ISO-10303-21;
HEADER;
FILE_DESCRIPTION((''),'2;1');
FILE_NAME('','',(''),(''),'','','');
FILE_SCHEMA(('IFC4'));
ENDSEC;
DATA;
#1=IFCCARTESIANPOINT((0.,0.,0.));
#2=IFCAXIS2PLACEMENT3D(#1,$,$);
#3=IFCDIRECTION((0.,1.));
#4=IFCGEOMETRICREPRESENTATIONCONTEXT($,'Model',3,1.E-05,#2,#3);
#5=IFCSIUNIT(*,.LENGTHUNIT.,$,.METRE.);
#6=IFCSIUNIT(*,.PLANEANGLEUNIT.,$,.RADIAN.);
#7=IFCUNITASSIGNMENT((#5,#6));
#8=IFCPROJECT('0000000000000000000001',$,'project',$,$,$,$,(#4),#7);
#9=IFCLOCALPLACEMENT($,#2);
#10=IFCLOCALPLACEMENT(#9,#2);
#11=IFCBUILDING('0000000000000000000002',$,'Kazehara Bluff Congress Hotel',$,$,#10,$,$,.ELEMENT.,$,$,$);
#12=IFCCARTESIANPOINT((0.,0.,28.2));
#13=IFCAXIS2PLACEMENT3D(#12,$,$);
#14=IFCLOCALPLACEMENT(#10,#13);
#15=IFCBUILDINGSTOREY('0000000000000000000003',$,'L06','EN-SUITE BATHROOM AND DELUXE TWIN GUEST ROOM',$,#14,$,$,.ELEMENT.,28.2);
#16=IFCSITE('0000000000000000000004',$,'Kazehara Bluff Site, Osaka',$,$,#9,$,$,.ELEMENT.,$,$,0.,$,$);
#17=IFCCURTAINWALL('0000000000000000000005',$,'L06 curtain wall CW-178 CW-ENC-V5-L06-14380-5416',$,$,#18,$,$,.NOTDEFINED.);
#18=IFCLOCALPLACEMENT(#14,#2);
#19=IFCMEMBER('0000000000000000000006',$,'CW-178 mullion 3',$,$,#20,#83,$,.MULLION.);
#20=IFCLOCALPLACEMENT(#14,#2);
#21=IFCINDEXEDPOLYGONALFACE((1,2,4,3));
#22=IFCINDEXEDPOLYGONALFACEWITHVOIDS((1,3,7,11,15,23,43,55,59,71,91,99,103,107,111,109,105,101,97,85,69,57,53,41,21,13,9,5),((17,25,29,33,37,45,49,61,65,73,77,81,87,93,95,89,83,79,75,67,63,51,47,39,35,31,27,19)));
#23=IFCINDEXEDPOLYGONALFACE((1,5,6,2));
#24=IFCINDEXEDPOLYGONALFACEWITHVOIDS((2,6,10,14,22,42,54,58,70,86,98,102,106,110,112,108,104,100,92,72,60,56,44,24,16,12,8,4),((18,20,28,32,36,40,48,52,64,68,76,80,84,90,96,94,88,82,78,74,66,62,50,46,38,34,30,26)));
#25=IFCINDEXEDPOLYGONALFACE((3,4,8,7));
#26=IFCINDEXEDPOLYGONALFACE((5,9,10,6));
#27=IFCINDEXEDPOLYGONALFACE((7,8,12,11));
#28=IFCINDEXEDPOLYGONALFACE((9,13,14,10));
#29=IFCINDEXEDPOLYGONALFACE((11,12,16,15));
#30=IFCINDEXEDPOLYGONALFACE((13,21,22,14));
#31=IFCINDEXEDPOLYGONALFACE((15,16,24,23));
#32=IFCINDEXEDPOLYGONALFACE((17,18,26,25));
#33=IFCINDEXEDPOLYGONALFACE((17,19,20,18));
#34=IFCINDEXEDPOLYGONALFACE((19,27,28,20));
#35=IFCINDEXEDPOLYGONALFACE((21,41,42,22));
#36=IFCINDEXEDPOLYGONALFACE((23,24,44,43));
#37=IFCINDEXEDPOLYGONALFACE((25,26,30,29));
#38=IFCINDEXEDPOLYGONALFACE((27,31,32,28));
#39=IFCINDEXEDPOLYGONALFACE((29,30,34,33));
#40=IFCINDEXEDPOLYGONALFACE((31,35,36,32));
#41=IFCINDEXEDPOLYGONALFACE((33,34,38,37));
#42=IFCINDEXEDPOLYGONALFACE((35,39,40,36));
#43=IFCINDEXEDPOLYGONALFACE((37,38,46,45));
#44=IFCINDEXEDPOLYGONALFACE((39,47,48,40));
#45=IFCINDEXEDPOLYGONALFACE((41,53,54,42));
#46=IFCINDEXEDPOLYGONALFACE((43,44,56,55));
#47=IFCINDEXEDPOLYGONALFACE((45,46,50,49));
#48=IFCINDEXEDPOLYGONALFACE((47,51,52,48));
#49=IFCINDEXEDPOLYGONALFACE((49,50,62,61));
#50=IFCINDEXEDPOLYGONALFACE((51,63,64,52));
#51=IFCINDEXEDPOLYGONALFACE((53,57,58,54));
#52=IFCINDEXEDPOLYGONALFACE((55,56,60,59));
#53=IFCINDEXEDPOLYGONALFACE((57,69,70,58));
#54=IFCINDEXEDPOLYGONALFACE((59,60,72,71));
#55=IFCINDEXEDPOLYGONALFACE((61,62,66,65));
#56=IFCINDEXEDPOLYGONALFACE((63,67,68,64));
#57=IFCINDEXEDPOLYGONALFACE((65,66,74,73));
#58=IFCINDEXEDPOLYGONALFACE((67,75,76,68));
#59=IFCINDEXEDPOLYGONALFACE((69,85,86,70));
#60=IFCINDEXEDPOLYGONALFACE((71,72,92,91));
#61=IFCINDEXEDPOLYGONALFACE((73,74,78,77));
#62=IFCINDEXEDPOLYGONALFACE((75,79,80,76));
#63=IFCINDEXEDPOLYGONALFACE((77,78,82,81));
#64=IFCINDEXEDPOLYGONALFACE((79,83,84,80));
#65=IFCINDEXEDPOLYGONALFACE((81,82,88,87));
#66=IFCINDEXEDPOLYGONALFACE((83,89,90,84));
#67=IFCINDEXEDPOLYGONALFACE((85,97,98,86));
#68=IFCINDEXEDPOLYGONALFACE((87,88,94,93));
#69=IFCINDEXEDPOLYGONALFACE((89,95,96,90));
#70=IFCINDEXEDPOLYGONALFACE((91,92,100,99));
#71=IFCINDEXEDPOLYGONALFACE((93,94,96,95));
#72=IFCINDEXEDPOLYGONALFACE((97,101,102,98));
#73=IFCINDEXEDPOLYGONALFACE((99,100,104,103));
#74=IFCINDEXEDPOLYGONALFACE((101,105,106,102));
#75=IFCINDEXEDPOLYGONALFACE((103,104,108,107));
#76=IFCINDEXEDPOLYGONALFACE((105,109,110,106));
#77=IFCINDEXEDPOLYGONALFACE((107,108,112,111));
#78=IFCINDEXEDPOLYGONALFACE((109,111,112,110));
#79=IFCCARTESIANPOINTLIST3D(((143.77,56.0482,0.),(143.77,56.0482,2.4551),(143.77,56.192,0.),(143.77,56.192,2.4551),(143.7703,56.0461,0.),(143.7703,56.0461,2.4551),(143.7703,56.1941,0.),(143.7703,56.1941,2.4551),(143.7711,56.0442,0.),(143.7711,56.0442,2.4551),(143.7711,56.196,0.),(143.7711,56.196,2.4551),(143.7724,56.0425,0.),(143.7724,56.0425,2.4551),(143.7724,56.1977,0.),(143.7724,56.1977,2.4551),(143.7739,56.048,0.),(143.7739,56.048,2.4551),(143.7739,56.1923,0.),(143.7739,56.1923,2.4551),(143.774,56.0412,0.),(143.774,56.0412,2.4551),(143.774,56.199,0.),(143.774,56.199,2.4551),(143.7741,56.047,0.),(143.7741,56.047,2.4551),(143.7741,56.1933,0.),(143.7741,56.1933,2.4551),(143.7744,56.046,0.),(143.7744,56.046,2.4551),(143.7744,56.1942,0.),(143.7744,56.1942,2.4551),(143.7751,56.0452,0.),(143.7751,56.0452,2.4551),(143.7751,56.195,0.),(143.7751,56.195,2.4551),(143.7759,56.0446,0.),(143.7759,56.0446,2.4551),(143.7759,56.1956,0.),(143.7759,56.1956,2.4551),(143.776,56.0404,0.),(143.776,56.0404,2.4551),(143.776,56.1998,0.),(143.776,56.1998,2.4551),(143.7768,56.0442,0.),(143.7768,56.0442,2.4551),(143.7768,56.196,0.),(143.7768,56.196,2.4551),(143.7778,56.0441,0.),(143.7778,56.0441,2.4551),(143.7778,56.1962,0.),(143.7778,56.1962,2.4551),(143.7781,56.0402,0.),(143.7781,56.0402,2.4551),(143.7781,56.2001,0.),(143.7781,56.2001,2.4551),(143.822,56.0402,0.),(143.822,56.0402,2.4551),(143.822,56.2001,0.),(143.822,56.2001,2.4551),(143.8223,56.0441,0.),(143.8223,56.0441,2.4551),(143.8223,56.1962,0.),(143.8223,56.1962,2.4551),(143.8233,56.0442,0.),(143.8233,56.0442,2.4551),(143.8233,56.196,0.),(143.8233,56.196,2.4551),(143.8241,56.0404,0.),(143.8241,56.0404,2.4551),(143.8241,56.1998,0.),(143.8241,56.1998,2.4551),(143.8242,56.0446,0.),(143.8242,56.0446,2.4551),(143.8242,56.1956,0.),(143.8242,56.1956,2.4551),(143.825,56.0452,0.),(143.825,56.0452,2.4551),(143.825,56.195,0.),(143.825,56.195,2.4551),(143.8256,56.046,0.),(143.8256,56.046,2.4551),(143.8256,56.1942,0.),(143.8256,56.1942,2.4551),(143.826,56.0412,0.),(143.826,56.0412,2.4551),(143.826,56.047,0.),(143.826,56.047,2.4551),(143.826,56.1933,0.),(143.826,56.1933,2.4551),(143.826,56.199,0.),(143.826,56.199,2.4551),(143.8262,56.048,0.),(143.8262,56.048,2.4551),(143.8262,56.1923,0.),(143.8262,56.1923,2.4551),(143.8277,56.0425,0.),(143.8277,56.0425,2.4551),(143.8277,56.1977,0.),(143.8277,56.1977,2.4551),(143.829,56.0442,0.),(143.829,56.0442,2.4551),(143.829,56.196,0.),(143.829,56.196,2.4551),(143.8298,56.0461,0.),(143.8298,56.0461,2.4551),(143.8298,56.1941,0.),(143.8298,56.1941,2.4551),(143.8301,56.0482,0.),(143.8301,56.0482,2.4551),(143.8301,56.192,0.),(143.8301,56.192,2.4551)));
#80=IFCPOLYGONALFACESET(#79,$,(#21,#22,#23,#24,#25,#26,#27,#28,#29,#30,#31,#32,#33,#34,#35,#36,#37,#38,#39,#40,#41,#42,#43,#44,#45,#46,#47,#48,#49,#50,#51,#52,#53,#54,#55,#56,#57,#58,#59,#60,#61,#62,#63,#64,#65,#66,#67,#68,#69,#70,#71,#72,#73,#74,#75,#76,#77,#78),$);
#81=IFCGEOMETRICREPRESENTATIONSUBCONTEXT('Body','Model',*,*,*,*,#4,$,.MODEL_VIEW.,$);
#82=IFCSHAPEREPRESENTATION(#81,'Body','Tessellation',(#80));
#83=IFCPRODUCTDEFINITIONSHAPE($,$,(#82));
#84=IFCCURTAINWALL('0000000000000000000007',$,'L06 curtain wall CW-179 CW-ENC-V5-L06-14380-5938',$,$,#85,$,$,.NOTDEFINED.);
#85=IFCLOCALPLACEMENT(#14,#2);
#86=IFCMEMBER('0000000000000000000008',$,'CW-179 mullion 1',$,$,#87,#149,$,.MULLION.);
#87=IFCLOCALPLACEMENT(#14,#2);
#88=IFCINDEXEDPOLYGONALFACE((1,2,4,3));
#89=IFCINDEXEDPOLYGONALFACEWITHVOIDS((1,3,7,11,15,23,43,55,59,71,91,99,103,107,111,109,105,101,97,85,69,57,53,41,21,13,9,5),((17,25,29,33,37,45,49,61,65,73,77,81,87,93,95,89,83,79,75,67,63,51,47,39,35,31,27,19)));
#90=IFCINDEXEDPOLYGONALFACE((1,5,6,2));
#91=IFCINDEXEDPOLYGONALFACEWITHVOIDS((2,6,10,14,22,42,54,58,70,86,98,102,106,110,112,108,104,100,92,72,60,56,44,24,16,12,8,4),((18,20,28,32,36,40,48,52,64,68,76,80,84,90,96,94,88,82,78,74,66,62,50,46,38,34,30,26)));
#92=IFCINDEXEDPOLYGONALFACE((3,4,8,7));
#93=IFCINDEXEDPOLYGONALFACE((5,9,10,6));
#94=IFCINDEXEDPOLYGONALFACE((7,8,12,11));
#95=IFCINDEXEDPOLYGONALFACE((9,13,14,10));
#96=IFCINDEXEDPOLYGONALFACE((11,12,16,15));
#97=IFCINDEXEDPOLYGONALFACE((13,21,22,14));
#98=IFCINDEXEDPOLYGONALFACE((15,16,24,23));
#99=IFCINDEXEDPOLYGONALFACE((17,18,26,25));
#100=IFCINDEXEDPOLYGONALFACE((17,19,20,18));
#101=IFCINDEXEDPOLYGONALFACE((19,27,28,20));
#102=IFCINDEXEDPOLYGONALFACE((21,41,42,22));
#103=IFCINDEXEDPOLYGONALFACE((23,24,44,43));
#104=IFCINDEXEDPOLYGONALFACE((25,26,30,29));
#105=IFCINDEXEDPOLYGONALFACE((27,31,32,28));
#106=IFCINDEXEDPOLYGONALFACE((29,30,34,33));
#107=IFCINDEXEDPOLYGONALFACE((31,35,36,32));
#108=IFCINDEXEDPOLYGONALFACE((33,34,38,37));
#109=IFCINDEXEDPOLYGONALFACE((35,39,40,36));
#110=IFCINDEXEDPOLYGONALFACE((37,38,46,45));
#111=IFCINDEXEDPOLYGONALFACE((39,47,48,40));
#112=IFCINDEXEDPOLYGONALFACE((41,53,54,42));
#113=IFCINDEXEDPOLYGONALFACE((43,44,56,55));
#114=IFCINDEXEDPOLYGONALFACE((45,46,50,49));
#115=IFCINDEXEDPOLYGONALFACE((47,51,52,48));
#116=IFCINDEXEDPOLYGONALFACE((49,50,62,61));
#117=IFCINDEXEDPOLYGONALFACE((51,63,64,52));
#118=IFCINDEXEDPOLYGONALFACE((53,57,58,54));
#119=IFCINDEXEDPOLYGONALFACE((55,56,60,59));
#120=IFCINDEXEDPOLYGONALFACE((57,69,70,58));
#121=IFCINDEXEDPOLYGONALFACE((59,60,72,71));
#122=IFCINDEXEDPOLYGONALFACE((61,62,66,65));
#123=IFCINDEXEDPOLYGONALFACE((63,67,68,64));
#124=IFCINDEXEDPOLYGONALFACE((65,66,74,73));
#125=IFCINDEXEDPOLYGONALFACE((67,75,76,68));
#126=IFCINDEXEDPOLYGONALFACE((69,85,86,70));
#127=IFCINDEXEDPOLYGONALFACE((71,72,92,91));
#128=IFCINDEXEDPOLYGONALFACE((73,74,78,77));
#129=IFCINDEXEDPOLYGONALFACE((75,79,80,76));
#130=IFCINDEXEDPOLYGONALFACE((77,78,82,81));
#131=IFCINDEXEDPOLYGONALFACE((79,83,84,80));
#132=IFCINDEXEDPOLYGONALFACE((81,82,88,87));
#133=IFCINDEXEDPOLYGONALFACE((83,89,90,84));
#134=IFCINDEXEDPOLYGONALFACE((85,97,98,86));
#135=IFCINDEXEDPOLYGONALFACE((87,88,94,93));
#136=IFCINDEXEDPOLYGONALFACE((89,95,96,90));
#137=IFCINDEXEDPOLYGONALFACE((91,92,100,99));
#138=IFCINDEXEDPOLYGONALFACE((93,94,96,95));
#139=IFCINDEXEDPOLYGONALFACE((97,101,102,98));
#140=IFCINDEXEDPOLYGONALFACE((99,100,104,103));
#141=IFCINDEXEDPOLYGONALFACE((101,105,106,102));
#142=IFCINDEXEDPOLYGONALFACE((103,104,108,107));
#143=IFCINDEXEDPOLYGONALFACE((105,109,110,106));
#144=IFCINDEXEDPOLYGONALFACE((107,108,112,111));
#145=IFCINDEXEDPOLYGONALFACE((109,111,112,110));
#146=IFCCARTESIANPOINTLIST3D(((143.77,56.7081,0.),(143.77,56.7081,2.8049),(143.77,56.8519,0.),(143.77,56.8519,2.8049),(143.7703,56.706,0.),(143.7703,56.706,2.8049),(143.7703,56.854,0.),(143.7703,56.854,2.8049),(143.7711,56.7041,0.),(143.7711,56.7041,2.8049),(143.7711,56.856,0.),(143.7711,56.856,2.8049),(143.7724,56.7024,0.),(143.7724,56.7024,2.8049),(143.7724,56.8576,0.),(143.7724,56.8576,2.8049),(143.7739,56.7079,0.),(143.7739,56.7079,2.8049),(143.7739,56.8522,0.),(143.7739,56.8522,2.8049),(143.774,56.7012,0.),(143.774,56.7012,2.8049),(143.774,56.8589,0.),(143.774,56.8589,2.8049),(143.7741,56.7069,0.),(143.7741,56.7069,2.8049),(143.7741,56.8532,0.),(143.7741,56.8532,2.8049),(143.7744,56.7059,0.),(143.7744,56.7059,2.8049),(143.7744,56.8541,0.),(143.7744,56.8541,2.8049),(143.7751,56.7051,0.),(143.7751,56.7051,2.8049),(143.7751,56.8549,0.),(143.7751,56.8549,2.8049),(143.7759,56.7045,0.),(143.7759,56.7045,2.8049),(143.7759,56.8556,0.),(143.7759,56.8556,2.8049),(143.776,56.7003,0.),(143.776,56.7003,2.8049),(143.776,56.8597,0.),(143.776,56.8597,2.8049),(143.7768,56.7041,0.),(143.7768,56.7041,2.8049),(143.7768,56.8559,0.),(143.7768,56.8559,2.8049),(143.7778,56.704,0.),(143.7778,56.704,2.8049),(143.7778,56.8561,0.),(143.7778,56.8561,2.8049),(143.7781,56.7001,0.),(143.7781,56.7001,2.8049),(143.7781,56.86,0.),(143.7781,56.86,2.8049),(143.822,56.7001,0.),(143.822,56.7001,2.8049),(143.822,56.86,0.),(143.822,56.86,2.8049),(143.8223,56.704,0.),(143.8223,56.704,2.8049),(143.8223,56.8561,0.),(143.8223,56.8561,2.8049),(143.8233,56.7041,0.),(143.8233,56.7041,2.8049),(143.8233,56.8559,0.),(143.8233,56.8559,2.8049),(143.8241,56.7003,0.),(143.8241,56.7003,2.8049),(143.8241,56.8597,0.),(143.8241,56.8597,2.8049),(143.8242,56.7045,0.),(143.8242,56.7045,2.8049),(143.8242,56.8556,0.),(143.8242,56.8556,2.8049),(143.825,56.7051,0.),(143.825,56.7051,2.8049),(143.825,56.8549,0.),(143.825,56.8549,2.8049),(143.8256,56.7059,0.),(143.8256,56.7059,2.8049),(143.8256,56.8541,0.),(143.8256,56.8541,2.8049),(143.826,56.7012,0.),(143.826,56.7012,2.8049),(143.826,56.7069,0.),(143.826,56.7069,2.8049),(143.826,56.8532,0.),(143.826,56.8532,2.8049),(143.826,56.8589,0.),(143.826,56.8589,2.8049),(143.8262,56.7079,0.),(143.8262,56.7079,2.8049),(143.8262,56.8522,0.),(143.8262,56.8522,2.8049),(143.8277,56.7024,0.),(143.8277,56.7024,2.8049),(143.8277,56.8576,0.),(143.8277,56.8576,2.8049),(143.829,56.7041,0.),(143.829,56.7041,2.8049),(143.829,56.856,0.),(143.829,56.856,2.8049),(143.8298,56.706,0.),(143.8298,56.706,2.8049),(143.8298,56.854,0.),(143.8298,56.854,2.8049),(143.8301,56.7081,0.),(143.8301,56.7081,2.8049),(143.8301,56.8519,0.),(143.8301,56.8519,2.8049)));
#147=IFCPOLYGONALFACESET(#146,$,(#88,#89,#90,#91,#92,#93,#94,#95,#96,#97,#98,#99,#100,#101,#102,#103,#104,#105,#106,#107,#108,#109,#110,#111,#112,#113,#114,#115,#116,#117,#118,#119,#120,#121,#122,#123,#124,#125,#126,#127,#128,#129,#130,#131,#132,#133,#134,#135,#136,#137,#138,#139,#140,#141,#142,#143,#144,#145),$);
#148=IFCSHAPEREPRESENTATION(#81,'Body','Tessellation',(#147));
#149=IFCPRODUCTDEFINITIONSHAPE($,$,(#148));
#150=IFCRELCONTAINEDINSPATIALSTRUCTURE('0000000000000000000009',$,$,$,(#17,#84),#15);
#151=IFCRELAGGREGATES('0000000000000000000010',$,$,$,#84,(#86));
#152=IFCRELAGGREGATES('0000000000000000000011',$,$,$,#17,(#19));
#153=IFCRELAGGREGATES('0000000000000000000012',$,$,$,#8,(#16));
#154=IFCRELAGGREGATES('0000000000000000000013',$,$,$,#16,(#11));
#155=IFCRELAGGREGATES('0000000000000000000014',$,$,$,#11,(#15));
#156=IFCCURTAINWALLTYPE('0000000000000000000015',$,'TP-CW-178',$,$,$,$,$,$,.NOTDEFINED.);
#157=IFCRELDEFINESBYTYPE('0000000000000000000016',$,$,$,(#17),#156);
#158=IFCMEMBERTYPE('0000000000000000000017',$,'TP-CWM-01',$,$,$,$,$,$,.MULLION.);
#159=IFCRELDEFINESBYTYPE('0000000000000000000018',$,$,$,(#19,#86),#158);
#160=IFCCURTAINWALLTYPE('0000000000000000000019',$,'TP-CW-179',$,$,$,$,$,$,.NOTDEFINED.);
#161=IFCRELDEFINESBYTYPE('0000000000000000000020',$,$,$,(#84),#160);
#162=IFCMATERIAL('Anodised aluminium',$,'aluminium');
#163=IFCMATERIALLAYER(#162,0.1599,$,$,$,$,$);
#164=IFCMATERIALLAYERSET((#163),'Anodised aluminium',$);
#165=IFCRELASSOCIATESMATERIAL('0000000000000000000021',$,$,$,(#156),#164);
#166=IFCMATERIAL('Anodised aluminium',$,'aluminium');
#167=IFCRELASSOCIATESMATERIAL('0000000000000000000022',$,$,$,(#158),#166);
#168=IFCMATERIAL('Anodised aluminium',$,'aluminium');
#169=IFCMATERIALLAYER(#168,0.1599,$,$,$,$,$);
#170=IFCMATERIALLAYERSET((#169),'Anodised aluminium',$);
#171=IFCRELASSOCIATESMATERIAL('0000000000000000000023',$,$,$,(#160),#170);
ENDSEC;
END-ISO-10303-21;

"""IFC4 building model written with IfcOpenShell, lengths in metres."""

from ifc_helpers import new_model, si_unit, direction, frame, origin, origin_2d, place, context, subcontext, project, spatial, hollow_rectangle, extrude, material, layer, layer_set, material_profile, profile_set, type_object, element, aggregate, save


model = new_model("IFC4")

# Units and contexts
model_context = context("Model", 3, precision=1e-05, world=origin(), true_north=direction((0.0, 1.0)))
body_context = subcontext(model_context, "Body", "Model", "MODEL_VIEW")
ifc_project = project(units=[si_unit("LENGTHUNIT", "METRE"), si_unit("PLANEANGLEUNIT", "RADIAN")], contexts=[model_context])

# Site, building, storey
site_placement = place(None, origin())
site = spatial("IfcSite", under=ifc_project, at=site_placement, Name="Kazehara Bluff Site, Osaka", CompositionType="ELEMENT", RefElevation=0.0)
building_placement = place(site_placement, origin())
building = spatial("IfcBuilding", under=site, at=building_placement, Name="Kazehara Bluff Congress Hotel", CompositionType="ELEMENT")
storey_placement = place(building_placement, frame((0.0, 0.0, 28.2)))
storey = spatial("IfcBuildingStorey", under=building, at=storey_placement, Name="L06", Description="EN-SUITE BATHROOM AND DELUXE TWIN GUEST ROOM", CompositionType="ELEMENT", Elevation=28.2)

# Curtain wall, member
ifc_material_1 = material(Name="Anodised aluminium", Category="aluminium")
ifc_layer_1 = layer(ifc_material_1, 0.1599)
ifc_layer_set_1 = layer_set([ifc_layer_1], Name="Anodised aluminium")
curtain_wall_type_1 = type_object("IfcCurtainWallType", Name="TP-CW-178", PredefinedType="NOTDEFINED", material=ifc_layer_set_1)
curtain_wall_1_placement = place(storey_placement, origin())
curtain_wall_1 = element("IfcCurtainWall", 1, at=curtain_wall_1_placement, inside=storey, type_object=curtain_wall_type_1, Name="L06 curtain wall CW-178 CW-ENC-V5-L06-14380-5416", PredefinedType="NOTDEFINED")
ifc_material_2 = material(Name="Anodised aluminium", Category="aluminium")
ifc_material_profile_1 = material_profile(ifc_material_2, hollow_rectangle(XDim=0.0601, YDim=0.1599, WallThickness=0.0039, InnerFilletRadius=0.0039, OuterFilletRadius=0.0081, at=origin_2d()))
ifc_profile_set_1 = profile_set([ifc_material_profile_1], Name="Anodised aluminium")
member_type_1 = type_object("IfcMemberType", Name="TP-CWM-01", PredefinedType="MULLION", material=ifc_profile_set_1)
member_1_placement = place(storey_placement, frame((143.8, 56.1201, 0.0), z_axis=(0.0, 0.0, 1.0), x_axis=(-1.0, 0.0, 0.0)))
member_1 = element("IfcMember", 2, at=member_1_placement, type_object=member_type_1, Name="CW-178 mullion 3", PredefinedType="MULLION", context=body_context, shape_type="SweptSolid", body=[
    extrude(hollow_rectangle(XDim=0.0601, YDim=0.1599, WallThickness=0.0039, InnerFilletRadius=0.0039, OuterFilletRadius=0.0081, at=origin_2d()), origin(), (0.0, 0.0, 1.0), 2.4551),
])

# Curtain wall, member
ifc_material_3 = material(Name="Anodised aluminium", Category="aluminium")
ifc_layer_2 = layer(ifc_material_3, 0.1599)
ifc_layer_set_2 = layer_set([ifc_layer_2], Name="Anodised aluminium")
curtain_wall_type_2 = type_object("IfcCurtainWallType", Name="TP-CW-179", PredefinedType="NOTDEFINED", material=ifc_layer_set_2)
curtain_wall_2_placement = place(storey_placement, origin())
curtain_wall_2 = element("IfcCurtainWall", 3, at=curtain_wall_2_placement, inside=storey, type_object=curtain_wall_type_2, Name="L06 curtain wall CW-179 CW-ENC-V5-L06-14380-5938", PredefinedType="NOTDEFINED")
member_2_placement = place(storey_placement, frame((143.8, 56.78, 0.0), z_axis=(0.0, 0.0, 1.0), x_axis=(-1.0, 0.0, 0.0)))
member_2 = element("IfcMember", 4, at=member_2_placement, type_object=member_type_1, Name="CW-179 mullion 1", PredefinedType="MULLION", context=body_context, shape_type="SweptSolid", body=[
    extrude(hollow_rectangle(XDim=0.0601, YDim=0.1599, WallThickness=0.0039, InnerFilletRadius=0.0039, OuterFilletRadius=0.0081, at=origin_2d()), origin(), (0.0, 0.0, 1.0), 2.8049),
])
aggregate(curtain_wall_2, [member_2])

aggregate(curtain_wall_1, [member_1])

save(model, "model.ifc")
